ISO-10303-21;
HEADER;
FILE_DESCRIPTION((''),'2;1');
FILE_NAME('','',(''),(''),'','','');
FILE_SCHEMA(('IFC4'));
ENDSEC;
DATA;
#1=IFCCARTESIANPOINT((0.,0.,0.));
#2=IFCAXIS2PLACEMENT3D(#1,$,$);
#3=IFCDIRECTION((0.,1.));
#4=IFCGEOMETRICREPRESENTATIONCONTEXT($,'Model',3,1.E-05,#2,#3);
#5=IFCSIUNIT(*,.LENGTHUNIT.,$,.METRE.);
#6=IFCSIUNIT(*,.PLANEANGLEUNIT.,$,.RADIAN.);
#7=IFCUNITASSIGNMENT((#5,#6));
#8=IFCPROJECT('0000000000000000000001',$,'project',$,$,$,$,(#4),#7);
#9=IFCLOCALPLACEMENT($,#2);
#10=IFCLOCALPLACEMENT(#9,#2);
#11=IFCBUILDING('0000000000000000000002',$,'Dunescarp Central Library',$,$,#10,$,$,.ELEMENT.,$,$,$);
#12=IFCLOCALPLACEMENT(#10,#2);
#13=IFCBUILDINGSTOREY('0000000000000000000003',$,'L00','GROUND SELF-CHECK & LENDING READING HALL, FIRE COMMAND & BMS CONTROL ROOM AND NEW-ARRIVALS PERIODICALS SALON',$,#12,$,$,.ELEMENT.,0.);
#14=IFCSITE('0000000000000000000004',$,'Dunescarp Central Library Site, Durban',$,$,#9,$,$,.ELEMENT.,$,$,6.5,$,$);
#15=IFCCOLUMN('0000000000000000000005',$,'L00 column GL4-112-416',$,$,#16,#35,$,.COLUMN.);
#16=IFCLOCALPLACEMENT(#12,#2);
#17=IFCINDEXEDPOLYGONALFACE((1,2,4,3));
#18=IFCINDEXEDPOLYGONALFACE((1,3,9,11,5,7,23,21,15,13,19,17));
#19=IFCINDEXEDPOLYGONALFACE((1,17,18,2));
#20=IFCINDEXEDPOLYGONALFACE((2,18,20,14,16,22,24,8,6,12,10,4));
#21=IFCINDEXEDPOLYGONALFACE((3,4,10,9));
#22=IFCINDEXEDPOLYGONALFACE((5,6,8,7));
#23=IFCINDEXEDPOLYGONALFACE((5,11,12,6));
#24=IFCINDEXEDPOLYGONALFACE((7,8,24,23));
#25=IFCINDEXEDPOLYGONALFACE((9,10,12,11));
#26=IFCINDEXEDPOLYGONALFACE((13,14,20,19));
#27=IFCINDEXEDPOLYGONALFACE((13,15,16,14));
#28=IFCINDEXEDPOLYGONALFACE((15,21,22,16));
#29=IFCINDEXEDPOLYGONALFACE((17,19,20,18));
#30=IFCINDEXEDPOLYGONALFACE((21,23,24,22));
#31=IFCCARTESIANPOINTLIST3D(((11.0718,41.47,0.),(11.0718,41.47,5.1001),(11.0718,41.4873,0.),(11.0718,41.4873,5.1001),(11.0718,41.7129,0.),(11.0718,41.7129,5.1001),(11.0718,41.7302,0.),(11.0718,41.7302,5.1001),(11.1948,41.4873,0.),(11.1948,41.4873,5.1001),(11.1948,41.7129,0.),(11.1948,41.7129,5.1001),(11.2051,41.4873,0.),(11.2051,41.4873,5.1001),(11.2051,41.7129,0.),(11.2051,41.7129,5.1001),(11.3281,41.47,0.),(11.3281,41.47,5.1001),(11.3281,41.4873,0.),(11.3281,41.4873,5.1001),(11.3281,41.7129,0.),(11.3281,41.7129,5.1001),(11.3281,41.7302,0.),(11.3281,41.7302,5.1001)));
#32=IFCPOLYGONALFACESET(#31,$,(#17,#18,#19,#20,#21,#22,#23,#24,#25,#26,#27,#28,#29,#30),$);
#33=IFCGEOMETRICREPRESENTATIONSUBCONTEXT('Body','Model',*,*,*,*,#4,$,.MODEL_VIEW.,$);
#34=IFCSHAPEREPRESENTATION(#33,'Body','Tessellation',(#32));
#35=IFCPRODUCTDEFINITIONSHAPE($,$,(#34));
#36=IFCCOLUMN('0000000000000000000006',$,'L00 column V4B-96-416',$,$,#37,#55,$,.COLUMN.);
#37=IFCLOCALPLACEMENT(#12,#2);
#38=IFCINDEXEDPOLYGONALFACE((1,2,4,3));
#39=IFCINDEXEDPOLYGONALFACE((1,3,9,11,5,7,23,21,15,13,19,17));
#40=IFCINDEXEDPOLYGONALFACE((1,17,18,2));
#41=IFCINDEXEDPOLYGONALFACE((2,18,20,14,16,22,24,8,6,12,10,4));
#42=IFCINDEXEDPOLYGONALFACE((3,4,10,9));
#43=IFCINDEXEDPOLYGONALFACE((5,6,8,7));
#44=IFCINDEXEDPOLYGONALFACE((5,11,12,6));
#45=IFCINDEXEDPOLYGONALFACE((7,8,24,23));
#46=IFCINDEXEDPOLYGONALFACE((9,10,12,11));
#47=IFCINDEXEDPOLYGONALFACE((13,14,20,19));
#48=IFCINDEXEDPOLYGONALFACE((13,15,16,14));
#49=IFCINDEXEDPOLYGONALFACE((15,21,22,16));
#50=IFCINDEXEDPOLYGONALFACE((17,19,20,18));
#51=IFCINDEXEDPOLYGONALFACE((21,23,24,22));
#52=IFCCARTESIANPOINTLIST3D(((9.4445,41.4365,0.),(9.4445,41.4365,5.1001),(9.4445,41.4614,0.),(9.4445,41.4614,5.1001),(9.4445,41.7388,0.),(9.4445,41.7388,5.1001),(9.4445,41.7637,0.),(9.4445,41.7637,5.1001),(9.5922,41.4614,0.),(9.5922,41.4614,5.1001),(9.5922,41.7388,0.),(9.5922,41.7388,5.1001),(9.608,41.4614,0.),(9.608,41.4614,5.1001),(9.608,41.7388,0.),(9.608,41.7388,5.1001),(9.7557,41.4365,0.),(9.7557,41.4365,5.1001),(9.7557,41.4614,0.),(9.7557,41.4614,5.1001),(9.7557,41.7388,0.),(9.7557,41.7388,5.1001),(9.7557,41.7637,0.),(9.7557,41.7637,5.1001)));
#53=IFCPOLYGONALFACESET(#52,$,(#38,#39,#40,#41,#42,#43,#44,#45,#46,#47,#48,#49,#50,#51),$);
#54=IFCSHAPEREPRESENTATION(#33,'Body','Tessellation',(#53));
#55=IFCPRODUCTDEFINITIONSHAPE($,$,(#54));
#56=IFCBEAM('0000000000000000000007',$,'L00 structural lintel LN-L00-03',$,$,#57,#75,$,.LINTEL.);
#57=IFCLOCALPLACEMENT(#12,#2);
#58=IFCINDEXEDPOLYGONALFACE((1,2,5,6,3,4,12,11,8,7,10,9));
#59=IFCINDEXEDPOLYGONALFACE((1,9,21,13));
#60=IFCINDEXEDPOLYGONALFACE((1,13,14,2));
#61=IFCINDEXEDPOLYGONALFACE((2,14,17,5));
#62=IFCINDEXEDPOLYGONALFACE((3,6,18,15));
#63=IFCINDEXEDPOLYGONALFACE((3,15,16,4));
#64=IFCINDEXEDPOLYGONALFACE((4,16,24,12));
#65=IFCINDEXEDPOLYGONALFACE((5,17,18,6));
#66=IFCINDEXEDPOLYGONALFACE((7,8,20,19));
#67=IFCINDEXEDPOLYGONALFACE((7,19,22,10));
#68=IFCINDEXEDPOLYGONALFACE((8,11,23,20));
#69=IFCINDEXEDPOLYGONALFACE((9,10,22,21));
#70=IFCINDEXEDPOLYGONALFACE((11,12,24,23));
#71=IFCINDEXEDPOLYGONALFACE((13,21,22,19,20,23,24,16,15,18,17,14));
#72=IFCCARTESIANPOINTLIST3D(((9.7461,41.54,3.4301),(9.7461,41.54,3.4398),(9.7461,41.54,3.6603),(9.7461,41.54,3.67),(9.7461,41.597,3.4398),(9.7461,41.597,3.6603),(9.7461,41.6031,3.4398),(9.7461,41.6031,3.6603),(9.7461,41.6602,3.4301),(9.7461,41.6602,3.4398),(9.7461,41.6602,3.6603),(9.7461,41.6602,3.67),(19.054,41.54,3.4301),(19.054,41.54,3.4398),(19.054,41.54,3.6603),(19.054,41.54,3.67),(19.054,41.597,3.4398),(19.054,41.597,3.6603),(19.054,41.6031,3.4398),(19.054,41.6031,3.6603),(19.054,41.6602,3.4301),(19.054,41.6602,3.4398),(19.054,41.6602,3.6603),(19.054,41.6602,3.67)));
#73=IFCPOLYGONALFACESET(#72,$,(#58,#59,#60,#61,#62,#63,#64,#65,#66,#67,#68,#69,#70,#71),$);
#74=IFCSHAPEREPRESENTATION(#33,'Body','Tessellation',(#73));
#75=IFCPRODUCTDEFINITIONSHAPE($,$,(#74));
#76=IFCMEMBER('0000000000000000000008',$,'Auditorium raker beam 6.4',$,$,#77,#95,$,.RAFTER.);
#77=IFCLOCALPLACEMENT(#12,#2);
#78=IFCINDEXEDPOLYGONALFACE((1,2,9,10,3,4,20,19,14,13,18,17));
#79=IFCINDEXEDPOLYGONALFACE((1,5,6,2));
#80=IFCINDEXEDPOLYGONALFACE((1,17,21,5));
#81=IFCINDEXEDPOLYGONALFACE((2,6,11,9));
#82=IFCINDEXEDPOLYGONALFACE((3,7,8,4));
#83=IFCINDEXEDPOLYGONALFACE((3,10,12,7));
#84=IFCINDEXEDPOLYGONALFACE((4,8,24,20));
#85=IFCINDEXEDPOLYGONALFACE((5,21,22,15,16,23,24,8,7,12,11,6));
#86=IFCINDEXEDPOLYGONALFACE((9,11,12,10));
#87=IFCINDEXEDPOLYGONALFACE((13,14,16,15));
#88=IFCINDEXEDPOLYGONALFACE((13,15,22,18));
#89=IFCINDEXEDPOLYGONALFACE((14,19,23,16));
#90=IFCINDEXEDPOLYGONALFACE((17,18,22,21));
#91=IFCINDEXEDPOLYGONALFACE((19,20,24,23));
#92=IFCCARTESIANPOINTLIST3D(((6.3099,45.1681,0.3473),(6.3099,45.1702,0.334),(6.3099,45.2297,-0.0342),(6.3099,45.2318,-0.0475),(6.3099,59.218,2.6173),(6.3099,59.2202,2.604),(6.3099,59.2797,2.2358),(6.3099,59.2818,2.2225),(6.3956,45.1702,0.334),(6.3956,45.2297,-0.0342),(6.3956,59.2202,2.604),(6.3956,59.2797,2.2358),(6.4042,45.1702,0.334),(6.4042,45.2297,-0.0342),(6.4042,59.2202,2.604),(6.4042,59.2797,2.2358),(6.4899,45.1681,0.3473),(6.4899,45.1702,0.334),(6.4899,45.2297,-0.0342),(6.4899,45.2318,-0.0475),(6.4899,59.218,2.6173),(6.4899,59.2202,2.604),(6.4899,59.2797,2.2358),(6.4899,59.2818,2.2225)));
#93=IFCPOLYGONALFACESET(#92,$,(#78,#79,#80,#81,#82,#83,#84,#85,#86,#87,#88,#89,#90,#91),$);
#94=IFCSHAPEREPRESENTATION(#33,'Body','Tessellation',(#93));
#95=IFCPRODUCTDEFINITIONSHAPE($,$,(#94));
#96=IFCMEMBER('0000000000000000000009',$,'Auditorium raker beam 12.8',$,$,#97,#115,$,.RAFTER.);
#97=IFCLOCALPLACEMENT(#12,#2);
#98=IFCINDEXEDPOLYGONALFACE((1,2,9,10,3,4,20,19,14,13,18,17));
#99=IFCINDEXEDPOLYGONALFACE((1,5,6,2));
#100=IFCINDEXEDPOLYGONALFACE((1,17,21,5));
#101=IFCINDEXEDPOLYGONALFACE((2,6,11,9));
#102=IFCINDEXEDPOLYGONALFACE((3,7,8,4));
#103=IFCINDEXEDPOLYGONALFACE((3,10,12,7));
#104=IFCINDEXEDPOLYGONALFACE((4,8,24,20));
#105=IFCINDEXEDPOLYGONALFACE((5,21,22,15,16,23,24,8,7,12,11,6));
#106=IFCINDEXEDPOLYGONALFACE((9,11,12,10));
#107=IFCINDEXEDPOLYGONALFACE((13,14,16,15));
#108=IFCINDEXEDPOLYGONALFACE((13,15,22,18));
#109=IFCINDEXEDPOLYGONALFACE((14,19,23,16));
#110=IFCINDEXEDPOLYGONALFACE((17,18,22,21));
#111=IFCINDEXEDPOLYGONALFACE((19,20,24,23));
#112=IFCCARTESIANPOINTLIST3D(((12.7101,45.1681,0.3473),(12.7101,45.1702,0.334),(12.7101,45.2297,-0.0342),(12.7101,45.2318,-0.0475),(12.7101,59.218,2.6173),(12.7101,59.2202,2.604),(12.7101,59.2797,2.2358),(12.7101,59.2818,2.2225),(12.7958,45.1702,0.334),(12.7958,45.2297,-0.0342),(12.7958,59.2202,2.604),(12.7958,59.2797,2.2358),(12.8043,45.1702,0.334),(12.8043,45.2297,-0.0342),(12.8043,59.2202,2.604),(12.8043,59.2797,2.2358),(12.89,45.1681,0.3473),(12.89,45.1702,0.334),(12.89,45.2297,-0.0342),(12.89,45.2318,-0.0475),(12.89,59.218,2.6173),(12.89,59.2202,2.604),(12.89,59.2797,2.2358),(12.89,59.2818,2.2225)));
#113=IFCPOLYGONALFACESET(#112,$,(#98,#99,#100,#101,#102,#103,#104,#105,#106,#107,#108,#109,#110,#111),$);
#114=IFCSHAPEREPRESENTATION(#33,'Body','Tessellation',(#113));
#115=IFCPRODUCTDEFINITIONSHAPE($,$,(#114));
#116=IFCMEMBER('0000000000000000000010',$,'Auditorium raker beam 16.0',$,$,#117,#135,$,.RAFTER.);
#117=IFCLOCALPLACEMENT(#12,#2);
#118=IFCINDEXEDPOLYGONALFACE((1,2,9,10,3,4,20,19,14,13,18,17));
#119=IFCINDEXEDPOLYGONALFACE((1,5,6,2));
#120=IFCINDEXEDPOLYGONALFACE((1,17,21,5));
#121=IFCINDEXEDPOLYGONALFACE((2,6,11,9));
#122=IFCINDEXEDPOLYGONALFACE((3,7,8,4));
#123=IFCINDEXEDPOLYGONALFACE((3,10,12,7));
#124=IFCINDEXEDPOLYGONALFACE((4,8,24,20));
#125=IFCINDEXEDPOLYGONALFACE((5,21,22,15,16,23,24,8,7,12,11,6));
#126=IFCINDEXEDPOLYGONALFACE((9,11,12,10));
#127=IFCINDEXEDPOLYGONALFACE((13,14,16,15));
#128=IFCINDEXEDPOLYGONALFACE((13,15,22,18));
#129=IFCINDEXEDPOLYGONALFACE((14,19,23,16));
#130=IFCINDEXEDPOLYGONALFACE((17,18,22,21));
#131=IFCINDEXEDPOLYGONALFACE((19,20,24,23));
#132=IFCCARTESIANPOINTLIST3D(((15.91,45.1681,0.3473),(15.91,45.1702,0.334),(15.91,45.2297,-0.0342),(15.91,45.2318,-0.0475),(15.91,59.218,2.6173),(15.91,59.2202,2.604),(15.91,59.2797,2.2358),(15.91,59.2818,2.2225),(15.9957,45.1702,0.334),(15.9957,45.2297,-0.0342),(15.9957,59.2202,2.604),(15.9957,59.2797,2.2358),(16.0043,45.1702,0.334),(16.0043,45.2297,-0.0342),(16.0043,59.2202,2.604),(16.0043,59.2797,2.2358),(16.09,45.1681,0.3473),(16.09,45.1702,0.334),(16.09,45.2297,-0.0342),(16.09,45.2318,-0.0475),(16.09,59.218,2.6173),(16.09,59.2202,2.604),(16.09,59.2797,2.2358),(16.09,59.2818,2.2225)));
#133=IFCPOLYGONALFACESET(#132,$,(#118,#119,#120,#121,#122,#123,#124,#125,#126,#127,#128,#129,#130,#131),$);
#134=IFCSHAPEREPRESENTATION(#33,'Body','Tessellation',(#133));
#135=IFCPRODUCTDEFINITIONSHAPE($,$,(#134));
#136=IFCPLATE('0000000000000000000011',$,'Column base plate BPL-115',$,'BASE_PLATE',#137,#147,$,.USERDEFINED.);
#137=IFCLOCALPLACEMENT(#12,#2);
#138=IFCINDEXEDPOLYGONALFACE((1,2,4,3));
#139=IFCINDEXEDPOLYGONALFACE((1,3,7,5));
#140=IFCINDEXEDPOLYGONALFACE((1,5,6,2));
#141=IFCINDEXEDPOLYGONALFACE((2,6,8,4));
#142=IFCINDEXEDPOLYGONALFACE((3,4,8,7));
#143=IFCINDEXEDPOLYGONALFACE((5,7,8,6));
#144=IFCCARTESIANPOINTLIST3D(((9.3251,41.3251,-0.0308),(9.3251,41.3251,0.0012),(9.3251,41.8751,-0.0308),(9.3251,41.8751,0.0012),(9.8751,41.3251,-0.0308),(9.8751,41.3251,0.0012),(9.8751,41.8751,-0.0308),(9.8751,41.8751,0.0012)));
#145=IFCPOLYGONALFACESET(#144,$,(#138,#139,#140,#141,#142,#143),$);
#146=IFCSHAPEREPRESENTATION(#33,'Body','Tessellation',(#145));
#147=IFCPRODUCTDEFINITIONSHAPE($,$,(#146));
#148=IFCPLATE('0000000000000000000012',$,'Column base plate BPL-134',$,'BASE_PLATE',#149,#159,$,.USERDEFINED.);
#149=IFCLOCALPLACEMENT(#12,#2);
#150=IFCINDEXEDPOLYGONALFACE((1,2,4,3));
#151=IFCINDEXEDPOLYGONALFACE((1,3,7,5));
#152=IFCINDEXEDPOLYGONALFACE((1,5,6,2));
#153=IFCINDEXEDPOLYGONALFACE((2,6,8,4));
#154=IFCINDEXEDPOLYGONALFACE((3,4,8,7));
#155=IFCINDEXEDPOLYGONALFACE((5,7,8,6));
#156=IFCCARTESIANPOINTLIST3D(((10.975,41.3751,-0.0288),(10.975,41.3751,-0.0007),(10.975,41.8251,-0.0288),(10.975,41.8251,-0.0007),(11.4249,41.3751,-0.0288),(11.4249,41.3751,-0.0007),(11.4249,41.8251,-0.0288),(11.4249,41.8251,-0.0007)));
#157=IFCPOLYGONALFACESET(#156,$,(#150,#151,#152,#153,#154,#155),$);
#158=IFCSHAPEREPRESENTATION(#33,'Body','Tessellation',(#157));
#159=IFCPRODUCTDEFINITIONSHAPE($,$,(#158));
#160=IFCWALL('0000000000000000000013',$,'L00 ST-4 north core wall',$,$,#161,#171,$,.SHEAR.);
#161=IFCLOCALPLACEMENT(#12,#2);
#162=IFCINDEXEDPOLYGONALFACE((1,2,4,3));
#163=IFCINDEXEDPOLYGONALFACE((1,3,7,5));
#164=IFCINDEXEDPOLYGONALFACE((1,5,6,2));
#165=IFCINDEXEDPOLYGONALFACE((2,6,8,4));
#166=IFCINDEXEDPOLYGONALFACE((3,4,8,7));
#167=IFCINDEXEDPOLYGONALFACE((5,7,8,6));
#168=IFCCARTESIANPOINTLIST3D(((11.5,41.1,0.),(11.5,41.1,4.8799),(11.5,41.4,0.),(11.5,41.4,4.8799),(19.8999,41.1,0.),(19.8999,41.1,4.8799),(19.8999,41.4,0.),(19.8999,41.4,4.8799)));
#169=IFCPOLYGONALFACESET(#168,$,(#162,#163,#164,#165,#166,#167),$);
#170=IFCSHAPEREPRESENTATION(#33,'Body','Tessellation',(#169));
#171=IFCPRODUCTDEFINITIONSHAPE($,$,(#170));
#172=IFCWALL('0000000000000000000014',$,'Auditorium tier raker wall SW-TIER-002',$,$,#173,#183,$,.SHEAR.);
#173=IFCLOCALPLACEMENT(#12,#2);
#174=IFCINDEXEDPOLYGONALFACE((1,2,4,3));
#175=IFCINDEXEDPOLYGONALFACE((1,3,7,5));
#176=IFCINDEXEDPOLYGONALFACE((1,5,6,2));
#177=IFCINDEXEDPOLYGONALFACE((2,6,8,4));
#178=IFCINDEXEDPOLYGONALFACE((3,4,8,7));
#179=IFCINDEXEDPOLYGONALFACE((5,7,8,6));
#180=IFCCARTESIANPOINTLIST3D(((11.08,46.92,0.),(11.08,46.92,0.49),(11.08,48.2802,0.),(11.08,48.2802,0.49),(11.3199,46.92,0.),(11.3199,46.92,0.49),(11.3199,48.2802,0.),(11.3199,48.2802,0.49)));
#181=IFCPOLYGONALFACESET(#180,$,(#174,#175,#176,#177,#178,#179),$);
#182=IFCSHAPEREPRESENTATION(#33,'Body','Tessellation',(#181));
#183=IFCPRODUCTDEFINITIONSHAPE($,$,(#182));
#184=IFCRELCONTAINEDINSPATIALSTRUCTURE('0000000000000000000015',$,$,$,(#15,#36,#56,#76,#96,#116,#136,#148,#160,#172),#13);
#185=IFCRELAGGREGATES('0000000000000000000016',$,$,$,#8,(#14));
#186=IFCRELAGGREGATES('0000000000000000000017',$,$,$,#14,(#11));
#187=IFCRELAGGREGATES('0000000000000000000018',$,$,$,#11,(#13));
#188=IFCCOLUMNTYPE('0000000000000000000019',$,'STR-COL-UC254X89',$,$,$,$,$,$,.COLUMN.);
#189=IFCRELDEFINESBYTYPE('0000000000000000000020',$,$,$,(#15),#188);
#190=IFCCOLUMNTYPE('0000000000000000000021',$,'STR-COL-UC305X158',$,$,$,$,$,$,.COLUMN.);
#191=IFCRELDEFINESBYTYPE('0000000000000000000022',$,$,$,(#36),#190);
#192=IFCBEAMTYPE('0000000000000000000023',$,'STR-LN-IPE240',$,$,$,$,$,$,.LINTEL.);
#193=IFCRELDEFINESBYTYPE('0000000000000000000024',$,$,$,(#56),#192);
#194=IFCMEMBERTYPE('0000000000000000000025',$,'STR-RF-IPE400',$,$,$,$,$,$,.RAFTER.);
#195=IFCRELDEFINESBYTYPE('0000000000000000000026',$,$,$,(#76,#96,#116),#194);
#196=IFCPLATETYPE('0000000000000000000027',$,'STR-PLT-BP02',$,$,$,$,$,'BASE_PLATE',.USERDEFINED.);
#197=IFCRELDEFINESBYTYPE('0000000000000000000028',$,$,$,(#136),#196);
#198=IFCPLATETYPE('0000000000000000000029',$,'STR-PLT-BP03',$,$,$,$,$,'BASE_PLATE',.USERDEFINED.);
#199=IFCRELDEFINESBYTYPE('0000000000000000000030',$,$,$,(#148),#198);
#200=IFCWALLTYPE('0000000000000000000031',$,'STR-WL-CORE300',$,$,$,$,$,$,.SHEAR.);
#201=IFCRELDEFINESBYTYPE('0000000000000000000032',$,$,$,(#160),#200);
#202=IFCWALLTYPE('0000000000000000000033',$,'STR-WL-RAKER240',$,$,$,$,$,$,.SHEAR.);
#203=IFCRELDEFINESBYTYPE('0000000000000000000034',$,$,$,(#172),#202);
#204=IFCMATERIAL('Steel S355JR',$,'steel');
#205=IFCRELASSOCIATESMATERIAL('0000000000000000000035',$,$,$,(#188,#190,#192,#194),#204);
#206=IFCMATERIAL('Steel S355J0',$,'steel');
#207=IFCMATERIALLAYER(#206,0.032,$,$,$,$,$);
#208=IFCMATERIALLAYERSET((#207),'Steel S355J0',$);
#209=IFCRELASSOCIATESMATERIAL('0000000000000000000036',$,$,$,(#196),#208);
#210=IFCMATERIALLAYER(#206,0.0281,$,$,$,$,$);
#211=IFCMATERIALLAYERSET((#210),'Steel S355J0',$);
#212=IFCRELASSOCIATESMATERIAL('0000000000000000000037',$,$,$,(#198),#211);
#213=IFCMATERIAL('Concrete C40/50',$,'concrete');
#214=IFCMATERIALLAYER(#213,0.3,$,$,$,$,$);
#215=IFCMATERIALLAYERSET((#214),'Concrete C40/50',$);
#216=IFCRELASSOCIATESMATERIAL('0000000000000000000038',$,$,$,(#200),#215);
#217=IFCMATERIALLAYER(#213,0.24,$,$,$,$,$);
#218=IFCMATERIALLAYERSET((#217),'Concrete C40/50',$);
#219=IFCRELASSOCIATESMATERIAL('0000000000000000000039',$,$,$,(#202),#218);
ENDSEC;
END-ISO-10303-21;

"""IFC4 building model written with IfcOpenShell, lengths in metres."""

from ifc_helpers import new_model, si_unit, direction, frame, frame_2d, origin, origin_2d, place, context, subcontext, project, spatial, rectangle, i_section, extrude, material, layer, layer_set, material_profile, profile_set, type_object, element, save


model = new_model("IFC4")

# Units and contexts
model_context = context("Model", 3, precision=1e-05, world=origin(), true_north=direction((0.0, 1.0)))
body_context = subcontext(model_context, "Body", "Model", "MODEL_VIEW")
ifc_project = project(units=[si_unit("LENGTHUNIT", "METRE"), si_unit("PLANEANGLEUNIT", "RADIAN")], contexts=[model_context])

# Site, building, storey
site_placement = place(None, origin())
site = spatial("IfcSite", under=ifc_project, at=site_placement, Name="Dunescarp Central Library Site, Durban", CompositionType="ELEMENT", RefElevation=6.5)
building_placement = place(site_placement, origin())
building = spatial("IfcBuilding", under=site, at=building_placement, Name="Dunescarp Central Library", CompositionType="ELEMENT")
storey_placement = place(building_placement, origin())
storey = spatial("IfcBuildingStorey", under=building, at=storey_placement, Name="L00", Description="GROUND SELF-CHECK & LENDING READING HALL, FIRE COMMAND & BMS CONTROL ROOM AND NEW-ARRIVALS PERIODICALS SALON", CompositionType="ELEMENT", Elevation=0.0)

# Shared definitions
ifc_material_1 = material(Name="Concrete C40/50", Category="concrete")

# Columns
ifc_material_2 = material(Name="Steel S355JR", Category="steel")
ifc_material_profile_1 = material_profile(ifc_material_2, i_section(OverallWidth=0.2563, OverallDepth=0.2603, WebThickness=0.0103, FlangeThickness=0.0173, at=origin_2d()), Name="UC 254x254x89")
ifc_profile_set_1 = profile_set([ifc_material_profile_1], Name="Steel S355JR")
column_type_1 = type_object("IfcColumnType", Name="STR-COL-UC254X89", PredefinedType="COLUMN", material=ifc_profile_set_1)
column_1_placement = place(storey_placement, frame((11.2, 41.6001, 0.0), z_axis=(0.0, 0.0, 1.0), x_axis=(1.0, 0.0, 0.0)))
element("IfcColumn", 1, at=column_1_placement, inside=storey, type_object=column_type_1, Name="L00 column GL4-112-416", PredefinedType="COLUMN", context=body_context, shape_type="SweptSolid", body=[
    extrude(i_section(OverallWidth=0.2563, OverallDepth=0.2603, WebThickness=0.0103, FlangeThickness=0.0173, at=origin_2d()), origin(), (0.0, 0.0, 1.0), 5.1001),
])
ifc_material_profile_2 = material_profile(ifc_material_2, i_section(OverallWidth=0.3113, OverallDepth=0.3271, WebThickness=0.0159, FlangeThickness=0.0249, at=origin_2d()), Name="UC 305x305x158")
ifc_profile_set_2 = profile_set([ifc_material_profile_2], Name="Steel S355JR")
column_type_2 = type_object("IfcColumnType", Name="STR-COL-UC305X158", PredefinedType="COLUMN", material=ifc_profile_set_2)
column_2_placement = place(storey_placement, frame((9.6001, 41.6001, 0.0), z_axis=(0.0, 0.0, 1.0), x_axis=(1.0, 0.0, 0.0)))
element("IfcColumn", 2, at=column_2_placement, inside=storey, type_object=column_type_2, Name="L00 column V4B-96-416", PredefinedType="COLUMN", context=body_context, shape_type="SweptSolid", body=[
    extrude(i_section(OverallWidth=0.3113, OverallDepth=0.3271, WebThickness=0.0159, FlangeThickness=0.0249, at=origin_2d()), origin(), (0.0, 0.0, 1.0), 5.1001),
])

# Beam
ifc_material_profile_3 = material_profile(ifc_material_2, i_section(OverallWidth=0.1201, OverallDepth=0.24, WebThickness=0.0061, FlangeThickness=0.0098, at=origin_2d()), Name="IPE 240")
ifc_profile_set_3 = profile_set([ifc_material_profile_3], Name="Steel S355JR")
beam_type = type_object("IfcBeamType", Name="STR-LN-IPE240", PredefinedType="LINTEL", material=ifc_profile_set_3)
beam_placement = place(storey_placement, frame((9.7461, 41.6001, 3.55), z_axis=(1.0, 0.0, 0.0), x_axis=(0.0, 1.0, 0.0)))
element("IfcBeam", 3, at=beam_placement, inside=storey, type_object=beam_type, Name="L00 structural lintel LN-L00-03", PredefinedType="LINTEL", context=body_context, shape_type="SweptSolid", body=[
    extrude(i_section(OverallWidth=0.1201, OverallDepth=0.24, WebThickness=0.0061, FlangeThickness=0.0098, at=origin_2d()), origin(), (0.0, 0.0, 1.0), 9.3079),
])

# Members
ifc_material_profile_4 = material_profile(ifc_material_2, i_section(OverallWidth=0.1799, OverallDepth=0.3999, WebThickness=0.0085, FlangeThickness=0.0134, at=origin_2d()), Name="IPE 400")
ifc_profile_set_4 = profile_set([ifc_material_profile_4], Name="Steel S355JR")
member_type = type_object("IfcMemberType", Name="STR-RF-IPE400", PredefinedType="RAFTER", material=ifc_profile_set_4)
for number, where, z_axis, x_axis, name in (
    (4, (6.3999, 45.2, 0.1499), (0.0, 0.987198, 0.159498), (-1.0, 0.0, 0.0), "Auditorium raker beam 6.4"),
    (5, (12.8, 45.2, 0.1499), (0.0, 0.987198, 0.159498), (-1.0, 0.0, 0.0), "Auditorium raker beam 12.8"),
    (6, (16.0, 45.2, 0.1499), (0.0, 0.987198, 0.159498), (-1.0, 0.0, 0.0), "Auditorium raker beam 16.0"),
):
    element("IfcMember", number, at=place(storey_placement, frame(where, z_axis=z_axis, x_axis=x_axis)), inside=storey, type_object=member_type, Name=name, PredefinedType="RAFTER", context=body_context, shape_type="SweptSolid", body=[
        extrude(i_section(OverallWidth=0.1799, OverallDepth=0.3999, WebThickness=0.0085, FlangeThickness=0.0134, at=origin_2d()), origin(), (0.0, 0.0, 1.0), 14.2322),
    ])

# Plates
ifc_material_3 = material(Name="Steel S355J0", Category="steel")
ifc_layer_1 = layer(ifc_material_3, 0.032)
ifc_layer_set_1 = layer_set([ifc_layer_1], Name="Steel S355J0")
plate_type_1 = type_object("IfcPlateType", Name="STR-PLT-BP02", ElementType="BASE_PLATE", PredefinedType="USERDEFINED", material=ifc_layer_set_1)
plate_1_placement = place(storey_placement, frame((9.6001, 41.6001, -0.0308), z_axis=(0.0, 0.0, 1.0), x_axis=(1.0, 0.0, 0.0)))
element("IfcPlate", 7, at=plate_1_placement, inside=storey, type_object=plate_type_1, Name="Column base plate BPL-115", ObjectType="BASE_PLATE", PredefinedType="USERDEFINED", context=body_context, shape_type="SweptSolid", body=[
    extrude(rectangle(XDim=0.55, YDim=0.55, at=origin_2d()), origin(), (0.0, 0.0, 1.0), 0.032),
])
ifc_layer_2 = layer(ifc_material_3, 0.0281)
ifc_layer_set_2 = layer_set([ifc_layer_2], Name="Steel S355J0")
plate_type_2 = type_object("IfcPlateType", Name="STR-PLT-BP03", ElementType="BASE_PLATE", PredefinedType="USERDEFINED", material=ifc_layer_set_2)
plate_2_placement = place(storey_placement, frame((11.2, 41.6001, -0.0288), z_axis=(0.0, 0.0, 1.0), x_axis=(1.0, 0.0, 0.0)))
element("IfcPlate", 8, at=plate_2_placement, inside=storey, type_object=plate_type_2, Name="Column base plate BPL-134", ObjectType="BASE_PLATE", PredefinedType="USERDEFINED", context=body_context, shape_type="SweptSolid", body=[
    extrude(rectangle(XDim=0.45, YDim=0.45, at=origin_2d()), origin(), (0.0, 0.0, 1.0), 0.0281),
])

# Walls
ifc_layer_3 = layer(ifc_material_1, 0.3)
ifc_layer_set_3 = layer_set([ifc_layer_3], Name="Concrete C40/50")
wall_type_1 = type_object("IfcWallType", Name="STR-WL-CORE300", PredefinedType="SHEAR", material=ifc_layer_set_3)
wall_1_placement = place(storey_placement, frame((11.5, 41.25, 0.0), z_axis=(0.0, 0.0, 1.0), x_axis=(1.0, 0.0, 0.0)))
element("IfcWall", 9, at=wall_1_placement, inside=storey, type_object=wall_type_1, Name="L00 ST-4 north core wall", PredefinedType="SHEAR", context=body_context, shape_type="SweptSolid", body=[
    extrude(rectangle(XDim=8.3999, YDim=0.3, at=frame_2d((4.2, 0.0))), origin(), (0.0, 0.0, 1.0), 4.8799),
])
ifc_layer_4 = layer(ifc_material_1, 0.24)
ifc_layer_set_4 = layer_set([ifc_layer_4], Name="Concrete C40/50")
wall_type_2 = type_object("IfcWallType", Name="STR-WL-RAKER240", PredefinedType="SHEAR", material=ifc_layer_set_4)
for number, where, z_axis, x_axis, name in (
    (10, (11.2, 46.9199, 0.0), (0.0, 0.0, 1.0), (0.0, 1.0, 0.0), "Auditorium tier raker wall SW-TIER-002"),
):
    element("IfcWall", number, at=place(storey_placement, frame(where, z_axis=z_axis, x_axis=x_axis)), inside=storey, type_object=wall_type_2, Name=name, PredefinedType="SHEAR", context=body_context, shape_type="SweptSolid", body=[
        extrude(rectangle(XDim=1.3601, YDim=0.24, at=frame_2d((0.6802, 0.0))), origin(), (0.0, 0.0, 1.0), 0.49),
    ])

save(model, "model.ifc")
